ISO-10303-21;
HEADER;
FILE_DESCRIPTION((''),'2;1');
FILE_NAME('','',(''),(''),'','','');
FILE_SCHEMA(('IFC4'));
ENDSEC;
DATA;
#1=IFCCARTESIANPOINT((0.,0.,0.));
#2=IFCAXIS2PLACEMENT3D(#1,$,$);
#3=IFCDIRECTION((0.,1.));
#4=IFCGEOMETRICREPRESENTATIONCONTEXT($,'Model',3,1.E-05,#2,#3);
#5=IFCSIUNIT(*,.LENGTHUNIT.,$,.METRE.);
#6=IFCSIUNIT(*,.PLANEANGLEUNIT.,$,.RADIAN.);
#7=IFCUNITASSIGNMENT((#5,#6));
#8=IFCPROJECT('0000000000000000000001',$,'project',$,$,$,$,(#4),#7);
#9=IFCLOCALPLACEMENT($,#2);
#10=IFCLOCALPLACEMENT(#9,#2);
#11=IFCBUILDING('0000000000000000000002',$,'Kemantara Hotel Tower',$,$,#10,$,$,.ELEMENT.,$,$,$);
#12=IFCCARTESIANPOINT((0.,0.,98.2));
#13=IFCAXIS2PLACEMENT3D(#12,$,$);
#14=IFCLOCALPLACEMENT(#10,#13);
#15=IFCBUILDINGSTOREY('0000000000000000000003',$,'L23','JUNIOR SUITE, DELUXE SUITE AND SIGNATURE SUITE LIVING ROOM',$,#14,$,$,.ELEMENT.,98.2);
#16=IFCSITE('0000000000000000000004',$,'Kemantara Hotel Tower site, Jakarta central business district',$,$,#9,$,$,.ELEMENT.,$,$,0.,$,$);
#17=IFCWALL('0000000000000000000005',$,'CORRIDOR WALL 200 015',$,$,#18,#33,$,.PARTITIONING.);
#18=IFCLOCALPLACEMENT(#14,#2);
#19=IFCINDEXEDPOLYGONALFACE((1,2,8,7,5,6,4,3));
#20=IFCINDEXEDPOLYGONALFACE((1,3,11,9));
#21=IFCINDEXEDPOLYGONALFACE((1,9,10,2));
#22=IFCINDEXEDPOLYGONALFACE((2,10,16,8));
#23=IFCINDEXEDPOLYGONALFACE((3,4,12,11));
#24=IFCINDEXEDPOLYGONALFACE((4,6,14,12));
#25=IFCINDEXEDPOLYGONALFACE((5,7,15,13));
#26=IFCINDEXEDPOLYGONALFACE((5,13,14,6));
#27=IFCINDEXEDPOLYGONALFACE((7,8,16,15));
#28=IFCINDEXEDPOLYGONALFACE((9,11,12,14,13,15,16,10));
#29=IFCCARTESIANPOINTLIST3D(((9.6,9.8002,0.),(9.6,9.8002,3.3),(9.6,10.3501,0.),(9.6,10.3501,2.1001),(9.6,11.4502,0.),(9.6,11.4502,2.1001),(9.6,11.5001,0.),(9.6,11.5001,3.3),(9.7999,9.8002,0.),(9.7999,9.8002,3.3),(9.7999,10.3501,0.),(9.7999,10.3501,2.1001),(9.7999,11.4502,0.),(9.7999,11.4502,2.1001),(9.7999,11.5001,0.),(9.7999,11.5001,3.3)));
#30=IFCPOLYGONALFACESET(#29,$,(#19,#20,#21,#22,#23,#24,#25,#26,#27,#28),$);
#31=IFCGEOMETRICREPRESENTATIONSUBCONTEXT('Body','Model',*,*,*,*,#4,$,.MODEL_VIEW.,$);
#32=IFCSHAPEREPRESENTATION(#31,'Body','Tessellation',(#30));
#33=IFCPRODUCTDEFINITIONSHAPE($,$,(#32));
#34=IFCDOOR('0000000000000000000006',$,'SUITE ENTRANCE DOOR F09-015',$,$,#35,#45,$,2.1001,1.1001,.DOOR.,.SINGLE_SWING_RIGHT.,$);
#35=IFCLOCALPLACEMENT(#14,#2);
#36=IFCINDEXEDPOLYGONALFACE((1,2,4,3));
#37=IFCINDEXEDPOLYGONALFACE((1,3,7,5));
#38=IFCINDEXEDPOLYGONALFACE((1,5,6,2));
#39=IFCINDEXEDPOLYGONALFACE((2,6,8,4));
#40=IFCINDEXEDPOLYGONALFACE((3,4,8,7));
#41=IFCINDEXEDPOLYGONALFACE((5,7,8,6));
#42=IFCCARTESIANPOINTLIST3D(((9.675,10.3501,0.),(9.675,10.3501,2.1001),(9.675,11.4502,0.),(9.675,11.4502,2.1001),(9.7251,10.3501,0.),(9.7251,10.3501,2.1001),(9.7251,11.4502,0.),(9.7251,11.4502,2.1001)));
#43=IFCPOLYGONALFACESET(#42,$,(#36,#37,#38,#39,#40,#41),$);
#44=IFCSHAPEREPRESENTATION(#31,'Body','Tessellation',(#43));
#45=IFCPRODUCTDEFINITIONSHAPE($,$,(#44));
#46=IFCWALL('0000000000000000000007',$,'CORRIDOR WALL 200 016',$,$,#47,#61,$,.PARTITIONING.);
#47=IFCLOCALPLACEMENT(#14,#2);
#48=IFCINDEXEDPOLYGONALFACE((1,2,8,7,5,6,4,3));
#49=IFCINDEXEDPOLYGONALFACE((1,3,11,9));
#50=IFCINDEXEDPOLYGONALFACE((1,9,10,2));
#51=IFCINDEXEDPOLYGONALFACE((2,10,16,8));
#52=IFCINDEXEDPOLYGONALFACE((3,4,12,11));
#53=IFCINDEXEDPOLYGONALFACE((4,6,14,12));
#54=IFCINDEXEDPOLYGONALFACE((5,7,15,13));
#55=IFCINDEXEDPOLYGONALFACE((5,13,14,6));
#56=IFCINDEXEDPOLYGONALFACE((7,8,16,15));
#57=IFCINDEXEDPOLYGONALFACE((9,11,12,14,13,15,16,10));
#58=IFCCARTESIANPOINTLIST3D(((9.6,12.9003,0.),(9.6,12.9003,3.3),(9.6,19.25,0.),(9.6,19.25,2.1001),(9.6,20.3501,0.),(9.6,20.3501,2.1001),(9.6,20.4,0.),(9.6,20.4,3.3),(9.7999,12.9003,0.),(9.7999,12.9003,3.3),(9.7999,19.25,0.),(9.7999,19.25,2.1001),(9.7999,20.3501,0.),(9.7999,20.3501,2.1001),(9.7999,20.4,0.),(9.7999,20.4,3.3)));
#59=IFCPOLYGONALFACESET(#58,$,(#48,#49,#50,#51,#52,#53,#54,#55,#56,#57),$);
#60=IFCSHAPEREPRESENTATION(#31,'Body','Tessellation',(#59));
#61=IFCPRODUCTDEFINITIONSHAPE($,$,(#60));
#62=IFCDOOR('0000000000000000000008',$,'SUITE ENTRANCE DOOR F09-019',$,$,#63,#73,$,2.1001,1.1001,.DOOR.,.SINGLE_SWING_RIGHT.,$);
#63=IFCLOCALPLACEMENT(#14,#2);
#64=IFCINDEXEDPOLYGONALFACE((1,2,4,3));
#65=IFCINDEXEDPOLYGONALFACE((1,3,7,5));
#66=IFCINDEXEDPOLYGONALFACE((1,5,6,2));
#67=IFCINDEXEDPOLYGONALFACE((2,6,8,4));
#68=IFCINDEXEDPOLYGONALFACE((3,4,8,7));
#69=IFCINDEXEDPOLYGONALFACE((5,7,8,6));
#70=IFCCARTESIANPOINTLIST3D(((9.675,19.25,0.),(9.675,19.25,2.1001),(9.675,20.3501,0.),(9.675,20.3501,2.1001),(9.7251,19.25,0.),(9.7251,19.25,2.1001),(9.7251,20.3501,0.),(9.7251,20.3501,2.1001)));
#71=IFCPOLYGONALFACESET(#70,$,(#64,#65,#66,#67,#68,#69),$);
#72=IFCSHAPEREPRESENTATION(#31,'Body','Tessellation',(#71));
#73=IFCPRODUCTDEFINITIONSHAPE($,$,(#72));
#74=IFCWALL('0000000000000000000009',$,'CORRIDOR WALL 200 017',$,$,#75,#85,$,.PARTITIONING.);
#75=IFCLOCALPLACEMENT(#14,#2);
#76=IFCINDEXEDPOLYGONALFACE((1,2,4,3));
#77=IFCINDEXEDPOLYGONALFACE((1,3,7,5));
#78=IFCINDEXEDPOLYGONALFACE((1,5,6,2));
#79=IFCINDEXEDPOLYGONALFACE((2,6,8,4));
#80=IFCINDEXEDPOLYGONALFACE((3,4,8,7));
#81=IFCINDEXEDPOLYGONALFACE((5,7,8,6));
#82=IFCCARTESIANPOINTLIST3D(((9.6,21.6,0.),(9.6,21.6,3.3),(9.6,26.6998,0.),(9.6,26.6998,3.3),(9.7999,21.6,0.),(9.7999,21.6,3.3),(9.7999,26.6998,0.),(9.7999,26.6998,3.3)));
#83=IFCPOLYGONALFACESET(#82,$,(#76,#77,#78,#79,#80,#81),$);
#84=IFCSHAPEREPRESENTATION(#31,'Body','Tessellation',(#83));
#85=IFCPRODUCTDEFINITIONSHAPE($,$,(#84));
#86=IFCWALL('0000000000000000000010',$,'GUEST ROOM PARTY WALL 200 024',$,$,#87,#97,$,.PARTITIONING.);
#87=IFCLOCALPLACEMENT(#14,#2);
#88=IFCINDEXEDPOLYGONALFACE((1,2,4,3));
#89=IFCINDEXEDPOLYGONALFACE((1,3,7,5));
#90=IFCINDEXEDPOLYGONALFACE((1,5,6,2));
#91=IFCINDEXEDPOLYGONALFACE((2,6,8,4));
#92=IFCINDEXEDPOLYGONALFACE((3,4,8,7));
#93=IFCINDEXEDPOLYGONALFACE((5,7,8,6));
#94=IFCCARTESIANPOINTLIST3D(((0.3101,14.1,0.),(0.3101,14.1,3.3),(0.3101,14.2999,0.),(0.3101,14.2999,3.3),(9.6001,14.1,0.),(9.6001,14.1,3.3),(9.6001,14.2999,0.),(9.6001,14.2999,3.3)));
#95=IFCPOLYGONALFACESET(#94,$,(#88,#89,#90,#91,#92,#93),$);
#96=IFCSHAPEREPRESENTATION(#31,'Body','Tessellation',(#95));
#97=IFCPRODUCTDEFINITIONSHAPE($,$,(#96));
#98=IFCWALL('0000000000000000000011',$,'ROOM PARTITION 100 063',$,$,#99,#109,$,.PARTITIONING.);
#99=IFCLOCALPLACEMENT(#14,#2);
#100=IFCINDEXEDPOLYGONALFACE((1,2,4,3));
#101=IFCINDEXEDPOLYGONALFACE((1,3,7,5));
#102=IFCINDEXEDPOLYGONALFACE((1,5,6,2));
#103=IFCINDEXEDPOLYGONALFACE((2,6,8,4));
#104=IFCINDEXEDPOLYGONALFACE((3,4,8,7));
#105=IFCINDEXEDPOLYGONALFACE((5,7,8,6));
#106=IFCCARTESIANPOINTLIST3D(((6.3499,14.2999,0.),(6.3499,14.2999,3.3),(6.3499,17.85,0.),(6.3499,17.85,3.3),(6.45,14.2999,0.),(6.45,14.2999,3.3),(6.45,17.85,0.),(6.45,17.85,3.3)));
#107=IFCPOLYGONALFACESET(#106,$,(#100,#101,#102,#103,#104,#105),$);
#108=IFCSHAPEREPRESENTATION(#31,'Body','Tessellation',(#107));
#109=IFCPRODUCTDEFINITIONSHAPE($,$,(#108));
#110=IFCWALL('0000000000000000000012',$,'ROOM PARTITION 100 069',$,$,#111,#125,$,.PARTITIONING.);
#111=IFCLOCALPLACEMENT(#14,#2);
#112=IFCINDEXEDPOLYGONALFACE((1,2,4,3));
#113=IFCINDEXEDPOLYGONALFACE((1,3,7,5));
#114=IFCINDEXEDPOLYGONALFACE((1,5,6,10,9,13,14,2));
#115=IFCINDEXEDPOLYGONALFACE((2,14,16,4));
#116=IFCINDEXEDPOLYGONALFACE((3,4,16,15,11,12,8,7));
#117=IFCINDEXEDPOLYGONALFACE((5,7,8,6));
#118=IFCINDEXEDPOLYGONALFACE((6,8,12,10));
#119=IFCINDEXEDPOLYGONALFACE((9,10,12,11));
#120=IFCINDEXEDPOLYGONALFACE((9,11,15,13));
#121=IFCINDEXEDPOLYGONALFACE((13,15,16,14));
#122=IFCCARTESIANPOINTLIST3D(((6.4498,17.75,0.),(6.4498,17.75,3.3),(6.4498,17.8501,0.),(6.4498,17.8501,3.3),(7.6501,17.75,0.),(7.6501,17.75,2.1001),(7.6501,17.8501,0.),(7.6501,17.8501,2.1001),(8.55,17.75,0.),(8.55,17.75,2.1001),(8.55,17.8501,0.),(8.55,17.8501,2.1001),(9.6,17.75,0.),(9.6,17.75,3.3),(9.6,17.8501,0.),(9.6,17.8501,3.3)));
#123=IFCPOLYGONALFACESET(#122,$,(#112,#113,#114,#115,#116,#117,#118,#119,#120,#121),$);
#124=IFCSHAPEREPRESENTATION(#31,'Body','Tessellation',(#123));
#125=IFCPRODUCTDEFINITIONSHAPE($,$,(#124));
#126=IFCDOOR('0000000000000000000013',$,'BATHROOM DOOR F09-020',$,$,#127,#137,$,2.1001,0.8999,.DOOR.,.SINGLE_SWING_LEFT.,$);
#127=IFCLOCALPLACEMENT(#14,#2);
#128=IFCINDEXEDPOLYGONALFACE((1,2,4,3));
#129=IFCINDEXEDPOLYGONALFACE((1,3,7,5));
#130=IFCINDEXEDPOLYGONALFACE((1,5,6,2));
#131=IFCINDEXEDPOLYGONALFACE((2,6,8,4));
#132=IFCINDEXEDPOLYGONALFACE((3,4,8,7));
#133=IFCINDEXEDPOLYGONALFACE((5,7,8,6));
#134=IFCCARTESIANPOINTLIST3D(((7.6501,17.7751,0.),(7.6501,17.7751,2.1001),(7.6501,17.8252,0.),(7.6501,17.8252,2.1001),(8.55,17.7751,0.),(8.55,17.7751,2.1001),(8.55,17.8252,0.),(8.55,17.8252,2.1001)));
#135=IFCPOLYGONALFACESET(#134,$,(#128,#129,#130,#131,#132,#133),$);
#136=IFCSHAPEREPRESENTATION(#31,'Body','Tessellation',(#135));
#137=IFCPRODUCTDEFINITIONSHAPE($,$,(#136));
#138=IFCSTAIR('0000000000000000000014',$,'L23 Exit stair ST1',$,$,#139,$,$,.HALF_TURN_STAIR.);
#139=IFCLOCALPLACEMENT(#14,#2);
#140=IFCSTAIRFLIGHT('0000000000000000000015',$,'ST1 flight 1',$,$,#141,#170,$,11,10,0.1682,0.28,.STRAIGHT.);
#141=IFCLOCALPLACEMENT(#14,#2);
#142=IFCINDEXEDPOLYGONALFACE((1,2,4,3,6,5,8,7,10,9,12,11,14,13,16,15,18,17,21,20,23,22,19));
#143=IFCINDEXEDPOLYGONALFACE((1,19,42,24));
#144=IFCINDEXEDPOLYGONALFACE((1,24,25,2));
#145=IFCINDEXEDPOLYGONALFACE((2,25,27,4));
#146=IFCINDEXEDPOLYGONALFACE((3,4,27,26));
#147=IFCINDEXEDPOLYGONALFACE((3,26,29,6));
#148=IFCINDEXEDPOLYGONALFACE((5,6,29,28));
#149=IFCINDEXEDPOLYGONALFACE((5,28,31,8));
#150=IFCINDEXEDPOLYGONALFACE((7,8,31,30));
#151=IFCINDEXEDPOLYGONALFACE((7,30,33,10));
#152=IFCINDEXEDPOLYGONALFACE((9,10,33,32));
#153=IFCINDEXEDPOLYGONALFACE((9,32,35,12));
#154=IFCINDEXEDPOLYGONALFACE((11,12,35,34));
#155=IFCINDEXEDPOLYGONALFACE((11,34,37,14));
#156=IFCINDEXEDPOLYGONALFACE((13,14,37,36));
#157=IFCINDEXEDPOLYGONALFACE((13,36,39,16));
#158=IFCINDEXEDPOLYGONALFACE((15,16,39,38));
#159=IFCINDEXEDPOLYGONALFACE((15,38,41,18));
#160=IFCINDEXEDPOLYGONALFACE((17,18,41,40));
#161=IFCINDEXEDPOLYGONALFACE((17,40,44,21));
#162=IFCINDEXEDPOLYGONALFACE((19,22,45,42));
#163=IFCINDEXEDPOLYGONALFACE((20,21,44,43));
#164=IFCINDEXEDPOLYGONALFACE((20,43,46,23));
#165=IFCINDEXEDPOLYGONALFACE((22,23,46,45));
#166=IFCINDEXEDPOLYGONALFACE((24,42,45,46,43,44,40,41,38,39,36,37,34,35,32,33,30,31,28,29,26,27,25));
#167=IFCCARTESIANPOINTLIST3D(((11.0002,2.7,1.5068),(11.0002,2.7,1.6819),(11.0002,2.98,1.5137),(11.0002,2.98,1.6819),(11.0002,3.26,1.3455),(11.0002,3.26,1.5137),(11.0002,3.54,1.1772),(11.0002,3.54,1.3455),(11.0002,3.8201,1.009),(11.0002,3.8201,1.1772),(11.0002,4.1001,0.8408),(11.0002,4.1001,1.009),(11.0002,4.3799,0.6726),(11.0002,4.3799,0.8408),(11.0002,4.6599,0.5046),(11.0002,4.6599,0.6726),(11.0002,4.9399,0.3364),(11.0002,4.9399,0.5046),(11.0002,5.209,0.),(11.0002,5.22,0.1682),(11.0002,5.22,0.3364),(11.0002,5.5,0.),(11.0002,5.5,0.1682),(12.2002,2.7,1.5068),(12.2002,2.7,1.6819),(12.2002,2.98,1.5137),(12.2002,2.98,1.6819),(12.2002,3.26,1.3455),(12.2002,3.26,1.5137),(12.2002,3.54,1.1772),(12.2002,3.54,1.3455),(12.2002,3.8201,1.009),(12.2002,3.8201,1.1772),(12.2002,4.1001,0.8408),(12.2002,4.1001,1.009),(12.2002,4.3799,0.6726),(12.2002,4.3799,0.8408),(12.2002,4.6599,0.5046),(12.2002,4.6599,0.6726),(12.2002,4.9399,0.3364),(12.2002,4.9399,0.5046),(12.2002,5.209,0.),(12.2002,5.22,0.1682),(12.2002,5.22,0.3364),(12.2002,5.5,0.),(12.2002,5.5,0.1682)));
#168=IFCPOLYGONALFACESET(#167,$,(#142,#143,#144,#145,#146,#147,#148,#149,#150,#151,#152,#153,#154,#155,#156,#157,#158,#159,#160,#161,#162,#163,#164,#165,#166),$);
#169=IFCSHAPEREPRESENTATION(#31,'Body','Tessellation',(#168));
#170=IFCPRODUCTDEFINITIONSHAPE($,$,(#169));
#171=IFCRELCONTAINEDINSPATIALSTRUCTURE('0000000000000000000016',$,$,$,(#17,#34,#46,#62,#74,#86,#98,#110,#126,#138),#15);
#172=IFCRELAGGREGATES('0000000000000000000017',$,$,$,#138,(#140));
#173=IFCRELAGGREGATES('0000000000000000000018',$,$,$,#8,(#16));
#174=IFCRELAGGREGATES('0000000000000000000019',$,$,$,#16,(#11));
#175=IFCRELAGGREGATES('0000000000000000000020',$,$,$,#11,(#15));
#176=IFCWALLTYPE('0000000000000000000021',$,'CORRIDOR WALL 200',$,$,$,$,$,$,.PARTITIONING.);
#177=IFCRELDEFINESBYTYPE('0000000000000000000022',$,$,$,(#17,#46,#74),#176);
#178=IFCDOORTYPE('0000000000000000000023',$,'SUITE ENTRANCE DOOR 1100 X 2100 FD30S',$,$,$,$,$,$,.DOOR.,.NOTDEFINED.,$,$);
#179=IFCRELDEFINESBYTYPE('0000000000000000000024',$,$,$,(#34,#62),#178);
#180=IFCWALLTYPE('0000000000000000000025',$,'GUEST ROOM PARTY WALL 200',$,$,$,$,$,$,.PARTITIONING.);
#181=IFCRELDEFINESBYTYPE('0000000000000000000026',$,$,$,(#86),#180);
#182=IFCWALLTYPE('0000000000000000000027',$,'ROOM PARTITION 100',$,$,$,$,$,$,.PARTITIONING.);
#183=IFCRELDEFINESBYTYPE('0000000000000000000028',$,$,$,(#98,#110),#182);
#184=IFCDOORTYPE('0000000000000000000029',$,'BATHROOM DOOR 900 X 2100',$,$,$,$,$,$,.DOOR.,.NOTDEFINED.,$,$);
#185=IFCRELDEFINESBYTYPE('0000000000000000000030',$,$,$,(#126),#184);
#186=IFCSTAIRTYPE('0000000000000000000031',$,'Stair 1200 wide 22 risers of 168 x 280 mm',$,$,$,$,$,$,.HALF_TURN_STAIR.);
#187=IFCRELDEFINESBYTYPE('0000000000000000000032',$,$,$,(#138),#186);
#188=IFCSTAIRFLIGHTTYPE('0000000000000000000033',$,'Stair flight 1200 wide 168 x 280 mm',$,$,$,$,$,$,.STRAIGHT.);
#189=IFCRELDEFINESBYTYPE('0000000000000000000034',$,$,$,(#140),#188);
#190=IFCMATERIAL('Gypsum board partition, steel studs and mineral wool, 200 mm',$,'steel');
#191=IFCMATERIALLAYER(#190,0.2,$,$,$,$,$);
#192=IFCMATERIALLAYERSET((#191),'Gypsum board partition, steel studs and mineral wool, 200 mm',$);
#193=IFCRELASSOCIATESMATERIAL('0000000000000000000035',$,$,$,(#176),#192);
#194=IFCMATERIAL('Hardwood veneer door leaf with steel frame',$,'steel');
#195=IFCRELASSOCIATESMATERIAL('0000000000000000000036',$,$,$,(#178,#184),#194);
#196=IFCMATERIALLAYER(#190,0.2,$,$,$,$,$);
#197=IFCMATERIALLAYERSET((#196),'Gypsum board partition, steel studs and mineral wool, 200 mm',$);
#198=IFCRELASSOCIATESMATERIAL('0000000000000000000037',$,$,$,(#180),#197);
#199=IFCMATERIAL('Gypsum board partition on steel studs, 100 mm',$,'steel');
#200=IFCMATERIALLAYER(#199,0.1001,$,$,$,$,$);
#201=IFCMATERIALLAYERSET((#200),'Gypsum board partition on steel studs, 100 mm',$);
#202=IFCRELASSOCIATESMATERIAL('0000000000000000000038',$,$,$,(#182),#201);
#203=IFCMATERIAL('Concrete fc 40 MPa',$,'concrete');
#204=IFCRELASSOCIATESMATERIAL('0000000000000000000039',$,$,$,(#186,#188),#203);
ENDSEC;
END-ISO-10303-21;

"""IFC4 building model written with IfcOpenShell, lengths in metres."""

from ifc_helpers import new_model, si_unit, direction, frame, frame_2d, origin, place, context, subcontext, project, spatial, polyline, rectangle, outline, extrude, material, layer, layer_set, type_object, element, fill, aggregate, save


model = new_model("IFC4")

# Units and contexts
model_context = context("Model", 3, precision=1e-05, world=origin(), true_north=direction((0.0, 1.0)))
body_context = subcontext(model_context, "Body", "Model", "MODEL_VIEW")
ifc_project = project(units=[si_unit("LENGTHUNIT", "METRE"), si_unit("PLANEANGLEUNIT", "RADIAN")], contexts=[model_context])

# Site, building, storey
site_placement = place(None, origin())
site = spatial("IfcSite", under=ifc_project, at=site_placement, Name="Kemantara Hotel Tower site, Jakarta central business district", CompositionType="ELEMENT", RefElevation=0.0)
building_placement = place(site_placement, origin())
building = spatial("IfcBuilding", under=site, at=building_placement, Name="Kemantara Hotel Tower", CompositionType="ELEMENT")
storey_placement = place(building_placement, frame((0.0, 0.0, 98.2)))
storey = spatial("IfcBuildingStorey", under=building, at=storey_placement, Name="L23", Description="JUNIOR SUITE, DELUXE SUITE AND SIGNATURE SUITE LIVING ROOM", CompositionType="ELEMENT", Elevation=98.2)

# Walls, openings, doors
ifc_material_1 = material(Name="Gypsum board partition, steel studs and mineral wool, 200 mm", Category="steel")
ifc_layer_1 = layer(ifc_material_1, 0.2)
ifc_layer_set_1 = layer_set([ifc_layer_1], Name="Gypsum board partition, steel studs and mineral wool, 200 mm")
wall_type_1 = type_object("IfcWallType", Name="CORRIDOR WALL 200", PredefinedType="PARTITIONING", material=ifc_layer_set_1)
wall_1_placement = place(storey_placement, frame((9.7, 9.8, 0.0), z_axis=(0.0, 0.0, 1.0), x_axis=(0.0, 1.0, 0.0)))
wall_1 = element("IfcWall", 1, at=wall_1_placement, inside=storey, type_object=wall_type_1, Name="CORRIDOR WALL 200 015", PredefinedType="PARTITIONING", context=body_context, shape_type="SweptSolid", body=[
    extrude(rectangle(XDim=1.7, YDim=0.2, at=frame_2d((0.8501, 0.0))), origin(), (0.0, 0.0, 1.0), 3.3),
])
opening_1_placement = place(wall_1_placement, frame((0.55, 0.0, 0.0)))
opening_1 = element("IfcOpeningElement", 2, at=opening_1_placement, cuts=wall_1, PredefinedType="OPENING", context=body_context, shape_type="SweptSolid", body=[
    extrude(rectangle(XDim=1.1001, YDim=2.1001, at=frame_2d((0.55, 1.05))), frame((0.0, 0.1099, 0.0), z_axis=(0.0, -1.0, 0.0), x_axis=(1.0, 0.0, 0.0)), (0.0, 0.0, 1.0), 0.22),
])
ifc_material_2 = material(Name="Hardwood veneer door leaf with steel frame", Category="steel")
door_type_1 = type_object("IfcDoorType", Name="SUITE ENTRANCE DOOR 1100 X 2100 FD30S", OperationType="NOTDEFINED", PredefinedType="DOOR", material=ifc_material_2)
door_1_placement = place(opening_1_placement, origin())
door_1 = element("IfcDoor", 3, at=door_1_placement, inside=storey, type_object=door_type_1, Name="SUITE ENTRANCE DOOR F09-015", OperationType="SINGLE_SWING_RIGHT", OverallHeight=2.1001, OverallWidth=1.1001, PredefinedType="DOOR", context=body_context, shape_type="SweptSolid", body=[
    extrude(rectangle(XDim=1.1001, YDim=2.1001, at=frame_2d((0.55, 1.05))), frame((0.0, 0.0249, 0.0), z_axis=(0.0, -1.0, 0.0), x_axis=(1.0, 0.0, 0.0)), (0.0, 0.0, 1.0), 0.05),
])
fill(opening_1, door_1)
wall_2_placement = place(storey_placement, frame((9.7, 12.9001, 0.0), z_axis=(0.0, 0.0, 1.0), x_axis=(0.0, 1.0, 0.0)))
wall_2 = element("IfcWall", 4, at=wall_2_placement, inside=storey, type_object=wall_type_1, Name="CORRIDOR WALL 200 016", PredefinedType="PARTITIONING", context=body_context, shape_type="SweptSolid", body=[
    extrude(rectangle(XDim=7.4998, YDim=0.2, at=frame_2d((3.75, 0.0))), origin(), (0.0, 0.0, 1.0), 3.3),
])
opening_2_placement = place(wall_2_placement, frame((6.3499, 0.0, 0.0)))
opening_2 = element("IfcOpeningElement", 5, at=opening_2_placement, cuts=wall_2, PredefinedType="OPENING", context=body_context, shape_type="SweptSolid", body=[
    extrude(rectangle(XDim=1.1001, YDim=2.1001, at=frame_2d((0.55, 1.05))), frame((0.0, 0.1099, 0.0), z_axis=(0.0, -1.0, 0.0), x_axis=(1.0, 0.0, 0.0)), (0.0, 0.0, 1.0), 0.22),
])
door_2_placement = place(opening_2_placement, origin())
door_2 = element("IfcDoor", 6, at=door_2_placement, inside=storey, type_object=door_type_1, Name="SUITE ENTRANCE DOOR F09-019", OperationType="SINGLE_SWING_RIGHT", OverallHeight=2.1001, OverallWidth=1.1001, PredefinedType="DOOR", context=body_context, shape_type="SweptSolid", body=[
    extrude(rectangle(XDim=1.1001, YDim=2.1001, at=frame_2d((0.55, 1.05))), frame((0.0, 0.0249, 0.0), z_axis=(0.0, -1.0, 0.0), x_axis=(1.0, 0.0, 0.0)), (0.0, 0.0, 1.0), 0.05),
])
fill(opening_2, door_2)

# Walls
wall_3_placement = place(storey_placement, frame((9.7, 21.6001, 0.0), z_axis=(0.0, 0.0, 1.0), x_axis=(0.0, 1.0, 0.0)))
element("IfcWall", 7, at=wall_3_placement, inside=storey, type_object=wall_type_1, Name="CORRIDOR WALL 200 017", PredefinedType="PARTITIONING", context=body_context, shape_type="SweptSolid", body=[
    extrude(rectangle(XDim=5.0999, YDim=0.2, at=frame_2d((2.5498, 0.0))), origin(), (0.0, 0.0, 1.0), 3.3),
])
ifc_layer_2 = layer(ifc_material_1, 0.2)
ifc_layer_set_2 = layer_set([ifc_layer_2], Name="Gypsum board partition, steel studs and mineral wool, 200 mm")
wall_type_2 = type_object("IfcWallType", Name="GUEST ROOM PARTY WALL 200", PredefinedType="PARTITIONING", material=ifc_layer_set_2)
wall_4_placement = place(storey_placement, frame((0.3101, 14.2, 0.0), z_axis=(0.0, 0.0, 1.0), x_axis=(1.0, 0.0, 0.0)))
element("IfcWall", 8, at=wall_4_placement, inside=storey, type_object=wall_type_2, Name="GUEST ROOM PARTY WALL 200 024", PredefinedType="PARTITIONING", context=body_context, shape_type="SweptSolid", body=[
    extrude(rectangle(XDim=9.29, YDim=0.2, at=frame_2d((4.645, 0.0))), origin(), (0.0, 0.0, 1.0), 3.3),
])
ifc_material_3 = material(Name="Gypsum board partition on steel studs, 100 mm", Category="steel")
ifc_layer_3 = layer(ifc_material_3, 0.1001)
ifc_layer_set_3 = layer_set([ifc_layer_3], Name="Gypsum board partition on steel studs, 100 mm")
wall_type_3 = type_object("IfcWallType", Name="ROOM PARTITION 100", PredefinedType="PARTITIONING", material=ifc_layer_set_3)
wall_5_placement = place(storey_placement, frame((6.3999, 14.3, 0.0), z_axis=(0.0, 0.0, 1.0), x_axis=(0.0, 1.0, 0.0)))
element("IfcWall", 9, at=wall_5_placement, inside=storey, type_object=wall_type_3, Name="ROOM PARTITION 100 063", PredefinedType="PARTITIONING", context=body_context, shape_type="SweptSolid", body=[
    extrude(rectangle(XDim=3.55, YDim=0.1001, at=frame_2d((1.7749, 0.0))), origin(), (0.0, 0.0, 1.0), 3.3),
])

# Wall, opening, door
wall_6_placement = place(storey_placement, frame((9.6001, 17.8, 0.0), z_axis=(0.0, 0.0, 1.0), x_axis=(-1.0, 0.0, 0.0)))
wall_6 = element("IfcWall", 10, at=wall_6_placement, inside=storey, type_object=wall_type_3, Name="ROOM PARTITION 100 069", PredefinedType="PARTITIONING", context=body_context, shape_type="SweptSolid", body=[
    extrude(rectangle(XDim=3.1501, YDim=0.1001, at=frame_2d((1.5752, 0.0))), origin(), (0.0, 0.0, 1.0), 3.3),
])
opening_3_placement = place(wall_6_placement, frame((1.05, 0.0, 0.0)))
opening_3 = element("IfcOpeningElement", 11, at=opening_3_placement, cuts=wall_6, PredefinedType="OPENING", context=body_context, shape_type="SweptSolid", body=[
    extrude(rectangle(XDim=0.8999, YDim=2.1001, at=frame_2d((0.45, 1.05))), frame((0.0, 0.0601, 0.0), z_axis=(0.0, -1.0, 0.0), x_axis=(1.0, 0.0, 0.0)), (0.0, 0.0, 1.0), 0.1201),
])
door_type_2 = type_object("IfcDoorType", Name="BATHROOM DOOR 900 X 2100", OperationType="NOTDEFINED", PredefinedType="DOOR", material=ifc_material_2)
door_3_placement = place(opening_3_placement, origin())
door_3 = element("IfcDoor", 12, at=door_3_placement, inside=storey, type_object=door_type_2, Name="BATHROOM DOOR F09-020", OperationType="SINGLE_SWING_LEFT", OverallHeight=2.1001, OverallWidth=0.8999, PredefinedType="DOOR", context=body_context, shape_type="SweptSolid", body=[
    extrude(rectangle(XDim=0.8999, YDim=2.1001, at=frame_2d((0.45, 1.05))), frame((0.0, 0.0249, 0.0), z_axis=(0.0, -1.0, 0.0), x_axis=(1.0, 0.0, 0.0)), (0.0, 0.0, 1.0), 0.05),
])
fill(opening_3, door_3)

# Stair, stair flight
ifc_material_4 = material(Name="Concrete fc 40 MPa", Category="concrete")
stair_type = type_object("IfcStairType", Name="Stair 1200 wide 22 risers of 168 x 280 mm", PredefinedType="HALF_TURN_STAIR", material=ifc_material_4)
stair_placement = place(storey_placement, origin())
stair = element("IfcStair", 13, at=stair_placement, inside=storey, type_object=stair_type, Name="L23 Exit stair ST1", PredefinedType="HALF_TURN_STAIR")
stair_flight_type = type_object("IfcStairFlightType", Name="Stair flight 1200 wide 168 x 280 mm", PredefinedType="STRAIGHT", material=ifc_material_4)
stair_flight_placement = place(storey_placement, frame((11.6001, 5.5, 0.0), z_axis=(0.0, 0.0, 1.0), x_axis=(0.0, -1.0, 0.0)))
stair_flight = element("IfcStairFlight", 14, at=stair_flight_placement, type_object=stair_flight_type, Name="ST1 flight 1", NumberOfRisers=11, NumberOfTreads=10, PredefinedType="STRAIGHT", RiserHeight=0.1682, TreadLength=0.28, context=body_context, shape_type="SweptSolid", body=[
    extrude(outline(polyline([(0.0, 0.0), (0.0, 0.1682), (0.28, 0.1682), (0.28, 0.3364), (0.5601, 0.3364), (0.5601, 0.5046), (0.8401, 0.5046), (0.8401, 0.6726), (1.1201, 0.6726), (1.1201, 0.8408), (1.3999, 0.8408), (1.3999, 1.009), (1.6799, 1.009), (1.6799, 1.1772), (1.96, 1.1772), (1.96, 1.3455), (2.24, 1.3455), (2.24, 1.5137), (2.52, 1.5137), (2.52, 1.6819), (2.8, 1.6819), (2.8, 1.8501), (2.8, 1.5068), (0.291, 0.0), (0.0, 0.0)])), frame((0.0, 0.6001, 0.0), z_axis=(0.0, -1.0, 0.0), x_axis=(1.0, 0.0, 0.0)), (0.0, 0.0, 1.0), 1.2),
])
aggregate(stair, [stair_flight])

save(model, "model.ifc")
